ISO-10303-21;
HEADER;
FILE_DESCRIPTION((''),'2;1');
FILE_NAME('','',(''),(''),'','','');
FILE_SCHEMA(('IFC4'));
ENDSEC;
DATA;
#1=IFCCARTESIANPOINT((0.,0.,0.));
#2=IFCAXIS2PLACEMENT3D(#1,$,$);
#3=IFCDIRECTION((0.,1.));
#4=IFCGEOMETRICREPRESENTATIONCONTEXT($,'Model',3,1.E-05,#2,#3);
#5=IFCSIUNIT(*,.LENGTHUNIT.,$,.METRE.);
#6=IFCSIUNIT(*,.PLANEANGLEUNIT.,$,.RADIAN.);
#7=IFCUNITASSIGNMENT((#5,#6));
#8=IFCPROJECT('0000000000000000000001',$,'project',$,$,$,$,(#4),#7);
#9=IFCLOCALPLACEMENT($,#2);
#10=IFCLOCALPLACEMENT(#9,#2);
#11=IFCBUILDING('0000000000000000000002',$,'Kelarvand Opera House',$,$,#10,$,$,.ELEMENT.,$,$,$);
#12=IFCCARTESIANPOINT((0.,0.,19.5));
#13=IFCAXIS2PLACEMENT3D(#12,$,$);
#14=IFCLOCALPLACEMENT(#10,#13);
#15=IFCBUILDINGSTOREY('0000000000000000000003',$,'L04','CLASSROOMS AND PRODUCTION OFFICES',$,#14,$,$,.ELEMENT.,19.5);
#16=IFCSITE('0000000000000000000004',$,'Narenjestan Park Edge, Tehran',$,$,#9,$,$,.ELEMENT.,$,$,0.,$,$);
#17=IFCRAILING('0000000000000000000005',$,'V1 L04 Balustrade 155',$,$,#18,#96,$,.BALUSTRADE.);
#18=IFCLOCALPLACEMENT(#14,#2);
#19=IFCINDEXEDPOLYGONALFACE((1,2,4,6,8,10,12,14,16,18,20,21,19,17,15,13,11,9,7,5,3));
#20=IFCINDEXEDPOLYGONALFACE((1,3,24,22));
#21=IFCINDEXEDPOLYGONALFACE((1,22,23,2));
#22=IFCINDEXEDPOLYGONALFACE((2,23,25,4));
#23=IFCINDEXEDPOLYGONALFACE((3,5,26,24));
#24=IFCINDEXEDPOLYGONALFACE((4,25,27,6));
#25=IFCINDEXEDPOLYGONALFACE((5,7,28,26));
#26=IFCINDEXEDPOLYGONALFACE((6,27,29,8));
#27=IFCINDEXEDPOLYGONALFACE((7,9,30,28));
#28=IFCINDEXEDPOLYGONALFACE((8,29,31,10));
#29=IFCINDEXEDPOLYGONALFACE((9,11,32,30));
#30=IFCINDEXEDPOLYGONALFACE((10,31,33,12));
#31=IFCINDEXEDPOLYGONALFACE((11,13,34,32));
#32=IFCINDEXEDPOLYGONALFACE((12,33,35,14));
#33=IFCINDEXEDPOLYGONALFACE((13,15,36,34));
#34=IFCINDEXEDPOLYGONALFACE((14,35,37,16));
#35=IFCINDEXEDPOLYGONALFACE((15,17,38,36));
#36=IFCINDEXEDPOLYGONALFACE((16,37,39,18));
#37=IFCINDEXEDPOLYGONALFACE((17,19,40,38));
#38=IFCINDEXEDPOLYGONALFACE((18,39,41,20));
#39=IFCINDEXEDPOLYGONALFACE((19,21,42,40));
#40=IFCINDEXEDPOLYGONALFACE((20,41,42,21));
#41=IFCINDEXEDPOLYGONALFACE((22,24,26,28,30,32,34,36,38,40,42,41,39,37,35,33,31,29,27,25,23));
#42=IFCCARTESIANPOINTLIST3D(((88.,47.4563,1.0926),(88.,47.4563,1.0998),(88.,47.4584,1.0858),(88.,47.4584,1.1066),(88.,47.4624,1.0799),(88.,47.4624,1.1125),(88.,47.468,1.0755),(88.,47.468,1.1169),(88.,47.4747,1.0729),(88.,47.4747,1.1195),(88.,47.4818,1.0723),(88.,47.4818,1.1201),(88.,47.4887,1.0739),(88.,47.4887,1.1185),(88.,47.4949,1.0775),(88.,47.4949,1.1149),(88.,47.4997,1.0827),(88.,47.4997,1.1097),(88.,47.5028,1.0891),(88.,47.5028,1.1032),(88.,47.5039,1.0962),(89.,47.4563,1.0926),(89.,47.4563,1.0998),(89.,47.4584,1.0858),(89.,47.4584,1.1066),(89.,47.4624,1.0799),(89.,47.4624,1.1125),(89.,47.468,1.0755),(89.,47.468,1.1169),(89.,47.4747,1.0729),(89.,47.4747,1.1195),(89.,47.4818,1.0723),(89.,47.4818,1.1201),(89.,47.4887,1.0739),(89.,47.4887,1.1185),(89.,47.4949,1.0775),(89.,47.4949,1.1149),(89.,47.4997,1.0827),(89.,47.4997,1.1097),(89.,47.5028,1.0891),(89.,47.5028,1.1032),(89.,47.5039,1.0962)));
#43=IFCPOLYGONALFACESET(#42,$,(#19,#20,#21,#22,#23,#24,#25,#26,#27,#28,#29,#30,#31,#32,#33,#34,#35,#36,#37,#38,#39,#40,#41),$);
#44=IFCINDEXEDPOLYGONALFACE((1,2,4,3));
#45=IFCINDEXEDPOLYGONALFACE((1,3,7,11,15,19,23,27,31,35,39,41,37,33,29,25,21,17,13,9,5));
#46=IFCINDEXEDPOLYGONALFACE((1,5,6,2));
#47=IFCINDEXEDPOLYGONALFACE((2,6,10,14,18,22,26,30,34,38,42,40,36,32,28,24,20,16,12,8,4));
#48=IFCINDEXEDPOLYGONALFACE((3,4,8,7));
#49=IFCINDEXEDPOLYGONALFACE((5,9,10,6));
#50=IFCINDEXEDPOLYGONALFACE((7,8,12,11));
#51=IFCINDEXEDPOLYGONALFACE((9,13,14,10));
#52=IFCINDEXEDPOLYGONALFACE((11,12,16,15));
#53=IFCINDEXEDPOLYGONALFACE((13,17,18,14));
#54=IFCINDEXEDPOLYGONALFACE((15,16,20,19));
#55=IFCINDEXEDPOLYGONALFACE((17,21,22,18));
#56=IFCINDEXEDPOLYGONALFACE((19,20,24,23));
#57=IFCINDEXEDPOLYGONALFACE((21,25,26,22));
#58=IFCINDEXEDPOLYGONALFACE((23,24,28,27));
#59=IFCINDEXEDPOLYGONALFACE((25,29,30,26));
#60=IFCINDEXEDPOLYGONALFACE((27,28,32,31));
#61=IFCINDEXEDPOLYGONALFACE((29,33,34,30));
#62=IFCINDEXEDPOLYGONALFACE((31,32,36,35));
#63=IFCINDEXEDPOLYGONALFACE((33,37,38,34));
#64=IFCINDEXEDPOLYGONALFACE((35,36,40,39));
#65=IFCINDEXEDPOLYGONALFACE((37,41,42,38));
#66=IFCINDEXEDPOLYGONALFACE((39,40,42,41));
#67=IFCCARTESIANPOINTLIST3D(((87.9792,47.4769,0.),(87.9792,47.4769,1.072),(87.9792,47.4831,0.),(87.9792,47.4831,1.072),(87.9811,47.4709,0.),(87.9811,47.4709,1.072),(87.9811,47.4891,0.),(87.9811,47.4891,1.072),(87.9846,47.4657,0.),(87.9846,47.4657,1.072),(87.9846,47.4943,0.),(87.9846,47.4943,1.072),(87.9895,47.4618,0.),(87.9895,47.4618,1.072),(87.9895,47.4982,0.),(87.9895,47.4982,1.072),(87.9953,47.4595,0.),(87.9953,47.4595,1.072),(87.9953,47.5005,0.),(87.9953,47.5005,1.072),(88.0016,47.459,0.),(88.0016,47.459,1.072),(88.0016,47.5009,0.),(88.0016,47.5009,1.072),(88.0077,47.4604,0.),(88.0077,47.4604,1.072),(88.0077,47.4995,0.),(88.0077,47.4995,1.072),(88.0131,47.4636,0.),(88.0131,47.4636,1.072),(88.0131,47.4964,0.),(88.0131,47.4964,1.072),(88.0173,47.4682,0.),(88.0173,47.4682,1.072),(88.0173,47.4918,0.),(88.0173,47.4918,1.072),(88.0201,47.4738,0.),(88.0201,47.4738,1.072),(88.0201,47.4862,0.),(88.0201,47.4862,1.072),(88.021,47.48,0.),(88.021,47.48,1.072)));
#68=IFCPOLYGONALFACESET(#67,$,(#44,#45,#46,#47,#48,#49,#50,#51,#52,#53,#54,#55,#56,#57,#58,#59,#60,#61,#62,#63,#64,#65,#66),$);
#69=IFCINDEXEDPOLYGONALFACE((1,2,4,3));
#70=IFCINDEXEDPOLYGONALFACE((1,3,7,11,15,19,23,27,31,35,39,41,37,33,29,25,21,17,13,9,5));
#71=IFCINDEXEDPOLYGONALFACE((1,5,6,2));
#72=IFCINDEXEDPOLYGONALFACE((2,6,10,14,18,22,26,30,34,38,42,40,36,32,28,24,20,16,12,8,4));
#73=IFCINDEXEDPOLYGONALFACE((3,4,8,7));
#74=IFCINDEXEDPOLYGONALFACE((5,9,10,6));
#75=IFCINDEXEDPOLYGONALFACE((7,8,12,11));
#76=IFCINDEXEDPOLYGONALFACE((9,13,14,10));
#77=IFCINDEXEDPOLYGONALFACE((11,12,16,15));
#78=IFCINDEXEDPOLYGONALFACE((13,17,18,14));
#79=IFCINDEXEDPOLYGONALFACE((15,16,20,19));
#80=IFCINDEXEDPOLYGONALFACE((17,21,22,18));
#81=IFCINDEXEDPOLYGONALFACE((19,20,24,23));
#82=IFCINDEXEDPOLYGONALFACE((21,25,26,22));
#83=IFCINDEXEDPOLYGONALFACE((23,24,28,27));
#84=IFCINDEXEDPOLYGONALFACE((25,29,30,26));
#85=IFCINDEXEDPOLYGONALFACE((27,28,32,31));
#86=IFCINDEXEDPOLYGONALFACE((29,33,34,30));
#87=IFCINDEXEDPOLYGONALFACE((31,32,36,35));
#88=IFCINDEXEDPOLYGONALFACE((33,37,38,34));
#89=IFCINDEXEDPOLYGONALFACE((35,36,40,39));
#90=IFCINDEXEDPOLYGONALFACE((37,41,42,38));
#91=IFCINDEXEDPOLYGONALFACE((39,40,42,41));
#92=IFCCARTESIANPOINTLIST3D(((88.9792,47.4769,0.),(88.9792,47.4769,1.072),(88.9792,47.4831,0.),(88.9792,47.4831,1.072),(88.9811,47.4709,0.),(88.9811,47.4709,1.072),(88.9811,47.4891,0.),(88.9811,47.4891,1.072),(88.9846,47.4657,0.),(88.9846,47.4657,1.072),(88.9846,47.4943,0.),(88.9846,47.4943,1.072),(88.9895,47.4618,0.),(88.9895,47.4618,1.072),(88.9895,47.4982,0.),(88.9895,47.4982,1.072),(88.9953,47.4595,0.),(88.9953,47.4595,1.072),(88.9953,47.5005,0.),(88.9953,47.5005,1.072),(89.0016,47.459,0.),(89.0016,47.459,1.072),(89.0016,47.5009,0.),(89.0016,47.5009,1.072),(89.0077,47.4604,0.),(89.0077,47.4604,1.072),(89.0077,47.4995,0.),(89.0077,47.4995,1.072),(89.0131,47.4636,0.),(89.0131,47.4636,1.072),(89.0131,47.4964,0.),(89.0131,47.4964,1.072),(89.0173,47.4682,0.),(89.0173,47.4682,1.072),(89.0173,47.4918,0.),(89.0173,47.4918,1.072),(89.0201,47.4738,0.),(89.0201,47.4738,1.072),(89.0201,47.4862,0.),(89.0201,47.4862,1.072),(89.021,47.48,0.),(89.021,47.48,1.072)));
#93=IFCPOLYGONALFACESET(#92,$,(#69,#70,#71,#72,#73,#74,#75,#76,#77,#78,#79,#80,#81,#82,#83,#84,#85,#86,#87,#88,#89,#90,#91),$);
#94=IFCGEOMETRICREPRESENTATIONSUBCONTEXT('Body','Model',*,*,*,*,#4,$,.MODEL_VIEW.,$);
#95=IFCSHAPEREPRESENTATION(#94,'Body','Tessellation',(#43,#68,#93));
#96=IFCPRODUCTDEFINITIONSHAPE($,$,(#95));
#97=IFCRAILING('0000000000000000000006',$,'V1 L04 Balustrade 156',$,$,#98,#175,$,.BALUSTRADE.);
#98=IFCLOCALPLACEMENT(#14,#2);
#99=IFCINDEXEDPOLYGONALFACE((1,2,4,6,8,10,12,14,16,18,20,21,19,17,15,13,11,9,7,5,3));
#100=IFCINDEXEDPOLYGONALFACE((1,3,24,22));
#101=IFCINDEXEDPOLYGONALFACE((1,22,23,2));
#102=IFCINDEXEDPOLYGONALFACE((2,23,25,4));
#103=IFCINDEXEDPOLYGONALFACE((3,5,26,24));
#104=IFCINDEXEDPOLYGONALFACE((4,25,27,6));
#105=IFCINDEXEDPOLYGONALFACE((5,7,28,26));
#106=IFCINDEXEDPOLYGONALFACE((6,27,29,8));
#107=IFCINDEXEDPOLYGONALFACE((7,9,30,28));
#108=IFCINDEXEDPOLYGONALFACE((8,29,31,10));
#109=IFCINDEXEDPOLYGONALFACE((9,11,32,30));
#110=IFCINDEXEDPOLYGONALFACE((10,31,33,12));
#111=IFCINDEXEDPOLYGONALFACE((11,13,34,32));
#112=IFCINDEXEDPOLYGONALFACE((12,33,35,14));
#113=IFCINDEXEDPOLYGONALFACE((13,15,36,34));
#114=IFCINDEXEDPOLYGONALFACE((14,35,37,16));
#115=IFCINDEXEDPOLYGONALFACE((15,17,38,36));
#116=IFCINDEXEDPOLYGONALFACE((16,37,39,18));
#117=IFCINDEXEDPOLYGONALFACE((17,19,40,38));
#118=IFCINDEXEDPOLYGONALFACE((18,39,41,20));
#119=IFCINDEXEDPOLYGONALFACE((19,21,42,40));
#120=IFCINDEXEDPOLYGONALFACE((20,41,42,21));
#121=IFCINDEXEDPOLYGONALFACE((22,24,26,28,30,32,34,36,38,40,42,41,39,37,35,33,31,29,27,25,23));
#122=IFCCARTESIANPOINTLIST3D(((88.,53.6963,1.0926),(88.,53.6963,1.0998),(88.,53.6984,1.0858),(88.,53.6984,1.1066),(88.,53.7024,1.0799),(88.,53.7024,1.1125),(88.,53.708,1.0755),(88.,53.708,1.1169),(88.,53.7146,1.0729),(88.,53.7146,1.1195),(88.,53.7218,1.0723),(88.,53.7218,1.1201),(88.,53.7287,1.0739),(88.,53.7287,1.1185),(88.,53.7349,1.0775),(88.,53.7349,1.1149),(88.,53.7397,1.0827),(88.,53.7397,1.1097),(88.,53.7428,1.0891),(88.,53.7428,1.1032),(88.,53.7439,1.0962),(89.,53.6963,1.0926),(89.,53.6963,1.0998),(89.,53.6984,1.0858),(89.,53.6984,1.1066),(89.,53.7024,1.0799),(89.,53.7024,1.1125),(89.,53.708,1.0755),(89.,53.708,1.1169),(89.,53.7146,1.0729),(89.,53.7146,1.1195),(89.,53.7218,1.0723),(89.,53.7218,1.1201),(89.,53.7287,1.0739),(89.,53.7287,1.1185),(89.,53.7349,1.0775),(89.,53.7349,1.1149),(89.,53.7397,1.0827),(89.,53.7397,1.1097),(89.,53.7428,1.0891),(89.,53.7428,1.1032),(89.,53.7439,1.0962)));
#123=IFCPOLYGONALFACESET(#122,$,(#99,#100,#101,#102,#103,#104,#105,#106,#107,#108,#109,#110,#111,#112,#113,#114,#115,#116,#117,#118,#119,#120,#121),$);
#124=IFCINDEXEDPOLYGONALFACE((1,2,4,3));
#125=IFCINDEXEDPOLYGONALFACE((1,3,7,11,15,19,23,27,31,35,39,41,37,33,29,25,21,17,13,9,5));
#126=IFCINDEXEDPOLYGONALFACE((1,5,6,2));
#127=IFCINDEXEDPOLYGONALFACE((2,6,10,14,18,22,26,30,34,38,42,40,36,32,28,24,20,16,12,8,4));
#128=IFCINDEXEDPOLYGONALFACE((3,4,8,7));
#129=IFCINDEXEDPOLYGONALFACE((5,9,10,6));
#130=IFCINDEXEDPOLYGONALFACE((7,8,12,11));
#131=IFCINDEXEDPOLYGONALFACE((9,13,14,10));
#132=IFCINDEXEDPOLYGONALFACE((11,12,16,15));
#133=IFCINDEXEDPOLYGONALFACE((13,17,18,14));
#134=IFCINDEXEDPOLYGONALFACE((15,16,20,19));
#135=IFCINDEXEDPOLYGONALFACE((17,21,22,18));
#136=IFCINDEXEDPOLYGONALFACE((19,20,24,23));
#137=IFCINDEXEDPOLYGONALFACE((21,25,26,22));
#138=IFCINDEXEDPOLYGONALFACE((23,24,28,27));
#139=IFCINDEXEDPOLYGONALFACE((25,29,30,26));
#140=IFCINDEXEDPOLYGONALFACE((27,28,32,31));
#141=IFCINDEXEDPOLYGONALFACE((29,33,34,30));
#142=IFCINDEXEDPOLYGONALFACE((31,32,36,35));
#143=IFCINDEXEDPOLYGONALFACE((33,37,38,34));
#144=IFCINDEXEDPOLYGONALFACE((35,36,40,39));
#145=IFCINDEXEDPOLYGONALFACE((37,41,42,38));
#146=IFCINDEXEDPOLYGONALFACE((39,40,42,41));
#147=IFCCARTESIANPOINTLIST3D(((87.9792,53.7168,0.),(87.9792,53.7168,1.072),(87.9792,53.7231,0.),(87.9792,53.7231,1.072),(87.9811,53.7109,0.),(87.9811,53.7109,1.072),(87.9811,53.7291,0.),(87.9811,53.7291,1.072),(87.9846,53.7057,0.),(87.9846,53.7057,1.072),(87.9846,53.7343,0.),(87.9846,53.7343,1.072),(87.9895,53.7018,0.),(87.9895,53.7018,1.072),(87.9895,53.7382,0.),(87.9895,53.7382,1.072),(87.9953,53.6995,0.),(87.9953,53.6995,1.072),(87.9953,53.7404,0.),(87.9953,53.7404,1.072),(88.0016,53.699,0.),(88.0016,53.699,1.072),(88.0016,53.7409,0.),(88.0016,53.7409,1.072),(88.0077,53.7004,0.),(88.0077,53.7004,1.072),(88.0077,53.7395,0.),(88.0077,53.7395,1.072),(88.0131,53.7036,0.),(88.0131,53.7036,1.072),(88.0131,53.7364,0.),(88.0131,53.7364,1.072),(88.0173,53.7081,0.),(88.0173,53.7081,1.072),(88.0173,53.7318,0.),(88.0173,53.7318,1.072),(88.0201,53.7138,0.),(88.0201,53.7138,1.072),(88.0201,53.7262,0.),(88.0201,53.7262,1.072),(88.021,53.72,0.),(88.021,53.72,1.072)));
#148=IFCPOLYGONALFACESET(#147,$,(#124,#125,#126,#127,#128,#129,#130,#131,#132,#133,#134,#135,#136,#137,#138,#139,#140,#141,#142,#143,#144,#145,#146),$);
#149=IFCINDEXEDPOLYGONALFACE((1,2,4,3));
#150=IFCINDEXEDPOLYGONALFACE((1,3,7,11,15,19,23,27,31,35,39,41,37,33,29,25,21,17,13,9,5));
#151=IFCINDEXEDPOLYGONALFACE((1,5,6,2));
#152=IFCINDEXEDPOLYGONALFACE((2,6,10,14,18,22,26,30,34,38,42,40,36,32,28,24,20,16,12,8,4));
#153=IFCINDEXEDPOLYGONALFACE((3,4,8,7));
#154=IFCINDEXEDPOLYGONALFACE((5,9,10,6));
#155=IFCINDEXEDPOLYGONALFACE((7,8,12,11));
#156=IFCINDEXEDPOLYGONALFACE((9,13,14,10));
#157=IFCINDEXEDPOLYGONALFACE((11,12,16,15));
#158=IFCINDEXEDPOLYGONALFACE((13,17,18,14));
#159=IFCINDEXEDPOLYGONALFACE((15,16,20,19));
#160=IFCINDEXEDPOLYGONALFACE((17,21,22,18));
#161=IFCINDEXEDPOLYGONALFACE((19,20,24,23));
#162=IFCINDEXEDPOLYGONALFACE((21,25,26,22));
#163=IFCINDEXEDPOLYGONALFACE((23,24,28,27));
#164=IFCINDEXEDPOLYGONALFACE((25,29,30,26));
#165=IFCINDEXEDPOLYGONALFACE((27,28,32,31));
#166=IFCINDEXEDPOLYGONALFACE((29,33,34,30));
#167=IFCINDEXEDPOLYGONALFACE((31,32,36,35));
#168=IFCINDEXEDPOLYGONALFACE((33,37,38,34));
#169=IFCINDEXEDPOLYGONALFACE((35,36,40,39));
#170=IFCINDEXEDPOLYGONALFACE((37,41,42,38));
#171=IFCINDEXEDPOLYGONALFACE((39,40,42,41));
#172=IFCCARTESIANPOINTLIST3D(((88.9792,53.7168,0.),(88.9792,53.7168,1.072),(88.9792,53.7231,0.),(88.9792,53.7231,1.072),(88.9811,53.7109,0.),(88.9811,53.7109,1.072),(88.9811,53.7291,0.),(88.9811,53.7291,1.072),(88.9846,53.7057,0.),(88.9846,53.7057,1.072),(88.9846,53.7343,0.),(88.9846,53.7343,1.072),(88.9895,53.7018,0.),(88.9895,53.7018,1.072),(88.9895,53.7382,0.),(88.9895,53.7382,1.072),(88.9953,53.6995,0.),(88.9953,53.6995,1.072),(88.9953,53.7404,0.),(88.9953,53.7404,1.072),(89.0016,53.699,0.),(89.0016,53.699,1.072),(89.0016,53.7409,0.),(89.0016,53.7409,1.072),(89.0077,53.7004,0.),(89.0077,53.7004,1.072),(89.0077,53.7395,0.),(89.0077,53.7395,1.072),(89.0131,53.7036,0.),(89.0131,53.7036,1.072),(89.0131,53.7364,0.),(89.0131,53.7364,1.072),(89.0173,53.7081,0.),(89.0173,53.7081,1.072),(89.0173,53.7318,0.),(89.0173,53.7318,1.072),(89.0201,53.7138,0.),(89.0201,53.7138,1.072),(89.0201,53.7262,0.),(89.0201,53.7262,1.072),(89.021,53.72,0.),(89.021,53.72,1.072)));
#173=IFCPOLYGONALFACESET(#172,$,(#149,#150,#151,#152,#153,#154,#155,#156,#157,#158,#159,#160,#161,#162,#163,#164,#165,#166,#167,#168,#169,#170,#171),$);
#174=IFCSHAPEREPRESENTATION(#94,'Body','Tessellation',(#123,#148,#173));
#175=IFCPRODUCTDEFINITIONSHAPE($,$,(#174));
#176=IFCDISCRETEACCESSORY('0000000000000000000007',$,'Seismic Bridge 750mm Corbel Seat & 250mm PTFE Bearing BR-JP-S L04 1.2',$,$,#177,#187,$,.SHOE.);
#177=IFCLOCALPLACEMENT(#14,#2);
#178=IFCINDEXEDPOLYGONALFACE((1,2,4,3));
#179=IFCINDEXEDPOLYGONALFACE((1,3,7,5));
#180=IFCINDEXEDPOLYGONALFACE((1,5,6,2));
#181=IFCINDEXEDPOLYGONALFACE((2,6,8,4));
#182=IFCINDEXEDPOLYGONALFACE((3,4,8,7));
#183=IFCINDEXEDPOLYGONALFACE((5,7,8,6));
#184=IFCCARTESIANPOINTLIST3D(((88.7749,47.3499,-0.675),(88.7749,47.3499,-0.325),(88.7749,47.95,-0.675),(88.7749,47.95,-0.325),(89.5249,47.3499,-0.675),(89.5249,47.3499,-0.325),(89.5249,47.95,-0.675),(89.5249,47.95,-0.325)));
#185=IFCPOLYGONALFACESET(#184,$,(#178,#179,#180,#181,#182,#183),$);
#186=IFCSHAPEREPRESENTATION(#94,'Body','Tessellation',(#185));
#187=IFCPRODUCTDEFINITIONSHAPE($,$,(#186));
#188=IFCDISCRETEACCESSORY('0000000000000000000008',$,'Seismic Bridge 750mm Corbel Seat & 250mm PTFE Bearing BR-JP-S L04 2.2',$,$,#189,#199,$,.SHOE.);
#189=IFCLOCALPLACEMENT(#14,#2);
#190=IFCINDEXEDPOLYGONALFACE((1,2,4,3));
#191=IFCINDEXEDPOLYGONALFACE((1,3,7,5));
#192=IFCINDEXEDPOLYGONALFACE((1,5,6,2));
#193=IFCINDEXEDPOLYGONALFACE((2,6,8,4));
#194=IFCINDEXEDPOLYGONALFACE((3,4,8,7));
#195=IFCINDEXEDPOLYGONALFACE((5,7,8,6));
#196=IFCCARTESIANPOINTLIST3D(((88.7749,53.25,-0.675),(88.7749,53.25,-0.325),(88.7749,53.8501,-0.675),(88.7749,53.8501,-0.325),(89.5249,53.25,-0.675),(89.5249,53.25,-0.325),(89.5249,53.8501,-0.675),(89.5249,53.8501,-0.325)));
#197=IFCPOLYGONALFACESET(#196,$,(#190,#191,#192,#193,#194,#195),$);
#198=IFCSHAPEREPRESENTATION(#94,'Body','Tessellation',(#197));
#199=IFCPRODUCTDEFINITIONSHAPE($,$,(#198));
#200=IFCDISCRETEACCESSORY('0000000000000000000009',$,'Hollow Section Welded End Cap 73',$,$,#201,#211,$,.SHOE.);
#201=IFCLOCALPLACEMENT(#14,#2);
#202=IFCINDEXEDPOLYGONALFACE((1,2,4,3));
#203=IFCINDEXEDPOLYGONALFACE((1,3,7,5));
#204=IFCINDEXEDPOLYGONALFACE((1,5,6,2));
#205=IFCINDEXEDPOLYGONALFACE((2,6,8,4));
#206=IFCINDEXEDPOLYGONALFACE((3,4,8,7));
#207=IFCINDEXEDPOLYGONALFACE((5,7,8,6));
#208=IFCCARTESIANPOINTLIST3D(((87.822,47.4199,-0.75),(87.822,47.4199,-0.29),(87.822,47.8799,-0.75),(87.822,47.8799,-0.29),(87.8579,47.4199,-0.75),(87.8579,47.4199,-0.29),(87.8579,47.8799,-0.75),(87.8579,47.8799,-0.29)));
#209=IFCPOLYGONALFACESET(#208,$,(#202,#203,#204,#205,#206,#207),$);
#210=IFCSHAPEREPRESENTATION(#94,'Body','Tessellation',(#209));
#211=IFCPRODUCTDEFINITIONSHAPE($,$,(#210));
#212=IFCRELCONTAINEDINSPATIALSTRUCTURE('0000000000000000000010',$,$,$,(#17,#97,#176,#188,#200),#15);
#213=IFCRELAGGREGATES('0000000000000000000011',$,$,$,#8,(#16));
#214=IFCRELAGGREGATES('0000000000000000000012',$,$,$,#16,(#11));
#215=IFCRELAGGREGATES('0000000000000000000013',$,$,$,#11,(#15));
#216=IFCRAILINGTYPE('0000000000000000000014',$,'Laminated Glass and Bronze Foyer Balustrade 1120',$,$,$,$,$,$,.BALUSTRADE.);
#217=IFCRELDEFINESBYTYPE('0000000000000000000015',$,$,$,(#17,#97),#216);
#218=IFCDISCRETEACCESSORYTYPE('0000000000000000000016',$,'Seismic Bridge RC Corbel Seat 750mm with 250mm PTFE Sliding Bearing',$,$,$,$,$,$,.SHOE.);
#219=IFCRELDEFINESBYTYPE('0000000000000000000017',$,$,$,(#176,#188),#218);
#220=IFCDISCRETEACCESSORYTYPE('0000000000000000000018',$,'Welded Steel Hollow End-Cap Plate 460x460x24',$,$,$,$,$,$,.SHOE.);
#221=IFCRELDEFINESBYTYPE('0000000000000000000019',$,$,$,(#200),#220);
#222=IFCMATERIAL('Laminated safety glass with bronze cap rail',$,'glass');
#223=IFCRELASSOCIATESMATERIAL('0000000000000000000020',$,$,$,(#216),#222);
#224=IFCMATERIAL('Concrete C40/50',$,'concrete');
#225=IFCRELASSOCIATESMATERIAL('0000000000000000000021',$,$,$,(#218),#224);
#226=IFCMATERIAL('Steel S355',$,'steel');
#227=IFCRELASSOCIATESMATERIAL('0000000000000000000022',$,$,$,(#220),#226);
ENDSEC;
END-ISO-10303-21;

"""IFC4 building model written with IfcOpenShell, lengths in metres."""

from ifc_helpers import new_model, si_unit, direction, frame, origin, origin_2d, place, context, subcontext, project, spatial, rectangle, circle, extrude, material, material_profile, profile_set, type_object, element, save


model = new_model("IFC4")

# Units and contexts
model_context = context("Model", 3, precision=1e-05, world=origin(), true_north=direction((0.0, 1.0)))
body_context = subcontext(model_context, "Body", "Model", "MODEL_VIEW")
ifc_project = project(units=[si_unit("LENGTHUNIT", "METRE"), si_unit("PLANEANGLEUNIT", "RADIAN")], contexts=[model_context])

# Site, building, storey
site_placement = place(None, origin())
site = spatial("IfcSite", under=ifc_project, at=site_placement, Name="Narenjestan Park Edge, Tehran", CompositionType="ELEMENT", RefElevation=0.0)
building_placement = place(site_placement, origin())
building = spatial("IfcBuilding", under=site, at=building_placement, Name="Kelarvand Opera House", CompositionType="ELEMENT")
storey_placement = place(building_placement, frame((0.0, 0.0, 19.5)))
storey = spatial("IfcBuildingStorey", under=building, at=storey_placement, Name="L04", Description="CLASSROOMS AND PRODUCTION OFFICES", CompositionType="ELEMENT", Elevation=19.5)

# Shared definitions
ifc_material_1 = material(Name="Concrete C40/50", Category="concrete")

# Railings
ifc_material_2 = material(Name="Laminated safety glass with bronze cap rail", Category="glass")
railing_type = type_object("IfcRailingType", Name="Laminated Glass and Bronze Foyer Balustrade 1120", PredefinedType="BALUSTRADE", material=ifc_material_2)
for number, where, name in (
    (1, (88.0, 47.48, 0.0), "V1 L04 Balustrade 155"),
    (2, (88.0, 53.72, 0.0), "V1 L04 Balustrade 156"),
):
    element("IfcRailing", number, at=place(storey_placement, frame(where)), inside=storey, type_object=railing_type, Name=name, PredefinedType="BALUSTRADE", context=body_context, shape_type="SweptSolid", body=[
        extrude(circle(Radius=0.0239, at=origin_2d()), frame((0.0, 0.0, 1.0962), z_axis=(1.0, 0.0, 0.0), x_axis=(0.0, 1.0, 0.0)), (0.0, 0.0, 1.0), 1.0),
        extrude(circle(Radius=0.021, at=origin_2d()), origin(), (0.0, 0.0, 1.0), 1.072),
        extrude(circle(Radius=0.021, at=origin_2d()), frame((1.0, 0.0, 0.0)), (0.0, 0.0, 1.0), 1.072),
    ])

# Discrete accessories
discrete_accessory_type_1 = type_object("IfcDiscreteAccessoryType", Name="Seismic Bridge RC Corbel Seat 750mm with 250mm PTFE Sliding Bearing", PredefinedType="SHOE", material=ifc_material_1)
for number, where, z_axis, x_axis, name in (
    (3, (89.1499, 47.6499, -0.675), (0.0, 0.0, 1.0), (1.0, 0.0, 0.0), "Seismic Bridge 750mm Corbel Seat & 250mm PTFE Bearing BR-JP-S L04 1.2"),
    (4, (89.1499, 53.55, -0.675), (0.0, 0.0, 1.0), (1.0, 0.0, 0.0), "Seismic Bridge 750mm Corbel Seat & 250mm PTFE Bearing BR-JP-S L04 2.2"),
):
    element("IfcDiscreteAccessory", number, at=place(storey_placement, frame(where, z_axis=z_axis, x_axis=x_axis)), inside=storey, type_object=discrete_accessory_type_1, Name=name, PredefinedType="SHOE", context=body_context, shape_type="SweptSolid", body=[
        extrude(rectangle(XDim=0.75, YDim=0.6001, at=origin_2d()), origin(), (0.0, 0.0, 1.0), 0.3501),
    ])
ifc_material_3 = material(Name="Steel S355", Category="steel")
ifc_material_profile_1 = material_profile(ifc_material_3, rectangle(XDim=0.46, YDim=0.46, at=origin_2d()), Name="Welded Steel Hollow End-Cap Plate 460x460x24", Category="steel")
ifc_profile_set_1 = profile_set([ifc_material_profile_1], Name="Steel S355")
discrete_accessory_type_2 = type_object("IfcDiscreteAccessoryType", Name="Welded Steel Hollow End-Cap Plate 460x460x24", PredefinedType="SHOE", material=ifc_profile_set_1)
for number, where, z_axis, x_axis, name in (
    (5, (87.8579, 47.6499, -0.52), (-1.0, 0.0, 0.0), (0.0, -1.0, 0.0), "Hollow Section Welded End Cap 73"),
):
    element("IfcDiscreteAccessory", number, at=place(storey_placement, frame(where, z_axis=z_axis, x_axis=x_axis)), inside=storey, type_object=discrete_accessory_type_2, Name=name, PredefinedType="SHOE", context=body_context, shape_type="SweptSolid", body=[
        extrude(rectangle(XDim=0.46, YDim=0.46, at=origin_2d()), origin(), (0.0, 0.0, 1.0), 0.0359),
    ])

save(model, "model.ifc")
